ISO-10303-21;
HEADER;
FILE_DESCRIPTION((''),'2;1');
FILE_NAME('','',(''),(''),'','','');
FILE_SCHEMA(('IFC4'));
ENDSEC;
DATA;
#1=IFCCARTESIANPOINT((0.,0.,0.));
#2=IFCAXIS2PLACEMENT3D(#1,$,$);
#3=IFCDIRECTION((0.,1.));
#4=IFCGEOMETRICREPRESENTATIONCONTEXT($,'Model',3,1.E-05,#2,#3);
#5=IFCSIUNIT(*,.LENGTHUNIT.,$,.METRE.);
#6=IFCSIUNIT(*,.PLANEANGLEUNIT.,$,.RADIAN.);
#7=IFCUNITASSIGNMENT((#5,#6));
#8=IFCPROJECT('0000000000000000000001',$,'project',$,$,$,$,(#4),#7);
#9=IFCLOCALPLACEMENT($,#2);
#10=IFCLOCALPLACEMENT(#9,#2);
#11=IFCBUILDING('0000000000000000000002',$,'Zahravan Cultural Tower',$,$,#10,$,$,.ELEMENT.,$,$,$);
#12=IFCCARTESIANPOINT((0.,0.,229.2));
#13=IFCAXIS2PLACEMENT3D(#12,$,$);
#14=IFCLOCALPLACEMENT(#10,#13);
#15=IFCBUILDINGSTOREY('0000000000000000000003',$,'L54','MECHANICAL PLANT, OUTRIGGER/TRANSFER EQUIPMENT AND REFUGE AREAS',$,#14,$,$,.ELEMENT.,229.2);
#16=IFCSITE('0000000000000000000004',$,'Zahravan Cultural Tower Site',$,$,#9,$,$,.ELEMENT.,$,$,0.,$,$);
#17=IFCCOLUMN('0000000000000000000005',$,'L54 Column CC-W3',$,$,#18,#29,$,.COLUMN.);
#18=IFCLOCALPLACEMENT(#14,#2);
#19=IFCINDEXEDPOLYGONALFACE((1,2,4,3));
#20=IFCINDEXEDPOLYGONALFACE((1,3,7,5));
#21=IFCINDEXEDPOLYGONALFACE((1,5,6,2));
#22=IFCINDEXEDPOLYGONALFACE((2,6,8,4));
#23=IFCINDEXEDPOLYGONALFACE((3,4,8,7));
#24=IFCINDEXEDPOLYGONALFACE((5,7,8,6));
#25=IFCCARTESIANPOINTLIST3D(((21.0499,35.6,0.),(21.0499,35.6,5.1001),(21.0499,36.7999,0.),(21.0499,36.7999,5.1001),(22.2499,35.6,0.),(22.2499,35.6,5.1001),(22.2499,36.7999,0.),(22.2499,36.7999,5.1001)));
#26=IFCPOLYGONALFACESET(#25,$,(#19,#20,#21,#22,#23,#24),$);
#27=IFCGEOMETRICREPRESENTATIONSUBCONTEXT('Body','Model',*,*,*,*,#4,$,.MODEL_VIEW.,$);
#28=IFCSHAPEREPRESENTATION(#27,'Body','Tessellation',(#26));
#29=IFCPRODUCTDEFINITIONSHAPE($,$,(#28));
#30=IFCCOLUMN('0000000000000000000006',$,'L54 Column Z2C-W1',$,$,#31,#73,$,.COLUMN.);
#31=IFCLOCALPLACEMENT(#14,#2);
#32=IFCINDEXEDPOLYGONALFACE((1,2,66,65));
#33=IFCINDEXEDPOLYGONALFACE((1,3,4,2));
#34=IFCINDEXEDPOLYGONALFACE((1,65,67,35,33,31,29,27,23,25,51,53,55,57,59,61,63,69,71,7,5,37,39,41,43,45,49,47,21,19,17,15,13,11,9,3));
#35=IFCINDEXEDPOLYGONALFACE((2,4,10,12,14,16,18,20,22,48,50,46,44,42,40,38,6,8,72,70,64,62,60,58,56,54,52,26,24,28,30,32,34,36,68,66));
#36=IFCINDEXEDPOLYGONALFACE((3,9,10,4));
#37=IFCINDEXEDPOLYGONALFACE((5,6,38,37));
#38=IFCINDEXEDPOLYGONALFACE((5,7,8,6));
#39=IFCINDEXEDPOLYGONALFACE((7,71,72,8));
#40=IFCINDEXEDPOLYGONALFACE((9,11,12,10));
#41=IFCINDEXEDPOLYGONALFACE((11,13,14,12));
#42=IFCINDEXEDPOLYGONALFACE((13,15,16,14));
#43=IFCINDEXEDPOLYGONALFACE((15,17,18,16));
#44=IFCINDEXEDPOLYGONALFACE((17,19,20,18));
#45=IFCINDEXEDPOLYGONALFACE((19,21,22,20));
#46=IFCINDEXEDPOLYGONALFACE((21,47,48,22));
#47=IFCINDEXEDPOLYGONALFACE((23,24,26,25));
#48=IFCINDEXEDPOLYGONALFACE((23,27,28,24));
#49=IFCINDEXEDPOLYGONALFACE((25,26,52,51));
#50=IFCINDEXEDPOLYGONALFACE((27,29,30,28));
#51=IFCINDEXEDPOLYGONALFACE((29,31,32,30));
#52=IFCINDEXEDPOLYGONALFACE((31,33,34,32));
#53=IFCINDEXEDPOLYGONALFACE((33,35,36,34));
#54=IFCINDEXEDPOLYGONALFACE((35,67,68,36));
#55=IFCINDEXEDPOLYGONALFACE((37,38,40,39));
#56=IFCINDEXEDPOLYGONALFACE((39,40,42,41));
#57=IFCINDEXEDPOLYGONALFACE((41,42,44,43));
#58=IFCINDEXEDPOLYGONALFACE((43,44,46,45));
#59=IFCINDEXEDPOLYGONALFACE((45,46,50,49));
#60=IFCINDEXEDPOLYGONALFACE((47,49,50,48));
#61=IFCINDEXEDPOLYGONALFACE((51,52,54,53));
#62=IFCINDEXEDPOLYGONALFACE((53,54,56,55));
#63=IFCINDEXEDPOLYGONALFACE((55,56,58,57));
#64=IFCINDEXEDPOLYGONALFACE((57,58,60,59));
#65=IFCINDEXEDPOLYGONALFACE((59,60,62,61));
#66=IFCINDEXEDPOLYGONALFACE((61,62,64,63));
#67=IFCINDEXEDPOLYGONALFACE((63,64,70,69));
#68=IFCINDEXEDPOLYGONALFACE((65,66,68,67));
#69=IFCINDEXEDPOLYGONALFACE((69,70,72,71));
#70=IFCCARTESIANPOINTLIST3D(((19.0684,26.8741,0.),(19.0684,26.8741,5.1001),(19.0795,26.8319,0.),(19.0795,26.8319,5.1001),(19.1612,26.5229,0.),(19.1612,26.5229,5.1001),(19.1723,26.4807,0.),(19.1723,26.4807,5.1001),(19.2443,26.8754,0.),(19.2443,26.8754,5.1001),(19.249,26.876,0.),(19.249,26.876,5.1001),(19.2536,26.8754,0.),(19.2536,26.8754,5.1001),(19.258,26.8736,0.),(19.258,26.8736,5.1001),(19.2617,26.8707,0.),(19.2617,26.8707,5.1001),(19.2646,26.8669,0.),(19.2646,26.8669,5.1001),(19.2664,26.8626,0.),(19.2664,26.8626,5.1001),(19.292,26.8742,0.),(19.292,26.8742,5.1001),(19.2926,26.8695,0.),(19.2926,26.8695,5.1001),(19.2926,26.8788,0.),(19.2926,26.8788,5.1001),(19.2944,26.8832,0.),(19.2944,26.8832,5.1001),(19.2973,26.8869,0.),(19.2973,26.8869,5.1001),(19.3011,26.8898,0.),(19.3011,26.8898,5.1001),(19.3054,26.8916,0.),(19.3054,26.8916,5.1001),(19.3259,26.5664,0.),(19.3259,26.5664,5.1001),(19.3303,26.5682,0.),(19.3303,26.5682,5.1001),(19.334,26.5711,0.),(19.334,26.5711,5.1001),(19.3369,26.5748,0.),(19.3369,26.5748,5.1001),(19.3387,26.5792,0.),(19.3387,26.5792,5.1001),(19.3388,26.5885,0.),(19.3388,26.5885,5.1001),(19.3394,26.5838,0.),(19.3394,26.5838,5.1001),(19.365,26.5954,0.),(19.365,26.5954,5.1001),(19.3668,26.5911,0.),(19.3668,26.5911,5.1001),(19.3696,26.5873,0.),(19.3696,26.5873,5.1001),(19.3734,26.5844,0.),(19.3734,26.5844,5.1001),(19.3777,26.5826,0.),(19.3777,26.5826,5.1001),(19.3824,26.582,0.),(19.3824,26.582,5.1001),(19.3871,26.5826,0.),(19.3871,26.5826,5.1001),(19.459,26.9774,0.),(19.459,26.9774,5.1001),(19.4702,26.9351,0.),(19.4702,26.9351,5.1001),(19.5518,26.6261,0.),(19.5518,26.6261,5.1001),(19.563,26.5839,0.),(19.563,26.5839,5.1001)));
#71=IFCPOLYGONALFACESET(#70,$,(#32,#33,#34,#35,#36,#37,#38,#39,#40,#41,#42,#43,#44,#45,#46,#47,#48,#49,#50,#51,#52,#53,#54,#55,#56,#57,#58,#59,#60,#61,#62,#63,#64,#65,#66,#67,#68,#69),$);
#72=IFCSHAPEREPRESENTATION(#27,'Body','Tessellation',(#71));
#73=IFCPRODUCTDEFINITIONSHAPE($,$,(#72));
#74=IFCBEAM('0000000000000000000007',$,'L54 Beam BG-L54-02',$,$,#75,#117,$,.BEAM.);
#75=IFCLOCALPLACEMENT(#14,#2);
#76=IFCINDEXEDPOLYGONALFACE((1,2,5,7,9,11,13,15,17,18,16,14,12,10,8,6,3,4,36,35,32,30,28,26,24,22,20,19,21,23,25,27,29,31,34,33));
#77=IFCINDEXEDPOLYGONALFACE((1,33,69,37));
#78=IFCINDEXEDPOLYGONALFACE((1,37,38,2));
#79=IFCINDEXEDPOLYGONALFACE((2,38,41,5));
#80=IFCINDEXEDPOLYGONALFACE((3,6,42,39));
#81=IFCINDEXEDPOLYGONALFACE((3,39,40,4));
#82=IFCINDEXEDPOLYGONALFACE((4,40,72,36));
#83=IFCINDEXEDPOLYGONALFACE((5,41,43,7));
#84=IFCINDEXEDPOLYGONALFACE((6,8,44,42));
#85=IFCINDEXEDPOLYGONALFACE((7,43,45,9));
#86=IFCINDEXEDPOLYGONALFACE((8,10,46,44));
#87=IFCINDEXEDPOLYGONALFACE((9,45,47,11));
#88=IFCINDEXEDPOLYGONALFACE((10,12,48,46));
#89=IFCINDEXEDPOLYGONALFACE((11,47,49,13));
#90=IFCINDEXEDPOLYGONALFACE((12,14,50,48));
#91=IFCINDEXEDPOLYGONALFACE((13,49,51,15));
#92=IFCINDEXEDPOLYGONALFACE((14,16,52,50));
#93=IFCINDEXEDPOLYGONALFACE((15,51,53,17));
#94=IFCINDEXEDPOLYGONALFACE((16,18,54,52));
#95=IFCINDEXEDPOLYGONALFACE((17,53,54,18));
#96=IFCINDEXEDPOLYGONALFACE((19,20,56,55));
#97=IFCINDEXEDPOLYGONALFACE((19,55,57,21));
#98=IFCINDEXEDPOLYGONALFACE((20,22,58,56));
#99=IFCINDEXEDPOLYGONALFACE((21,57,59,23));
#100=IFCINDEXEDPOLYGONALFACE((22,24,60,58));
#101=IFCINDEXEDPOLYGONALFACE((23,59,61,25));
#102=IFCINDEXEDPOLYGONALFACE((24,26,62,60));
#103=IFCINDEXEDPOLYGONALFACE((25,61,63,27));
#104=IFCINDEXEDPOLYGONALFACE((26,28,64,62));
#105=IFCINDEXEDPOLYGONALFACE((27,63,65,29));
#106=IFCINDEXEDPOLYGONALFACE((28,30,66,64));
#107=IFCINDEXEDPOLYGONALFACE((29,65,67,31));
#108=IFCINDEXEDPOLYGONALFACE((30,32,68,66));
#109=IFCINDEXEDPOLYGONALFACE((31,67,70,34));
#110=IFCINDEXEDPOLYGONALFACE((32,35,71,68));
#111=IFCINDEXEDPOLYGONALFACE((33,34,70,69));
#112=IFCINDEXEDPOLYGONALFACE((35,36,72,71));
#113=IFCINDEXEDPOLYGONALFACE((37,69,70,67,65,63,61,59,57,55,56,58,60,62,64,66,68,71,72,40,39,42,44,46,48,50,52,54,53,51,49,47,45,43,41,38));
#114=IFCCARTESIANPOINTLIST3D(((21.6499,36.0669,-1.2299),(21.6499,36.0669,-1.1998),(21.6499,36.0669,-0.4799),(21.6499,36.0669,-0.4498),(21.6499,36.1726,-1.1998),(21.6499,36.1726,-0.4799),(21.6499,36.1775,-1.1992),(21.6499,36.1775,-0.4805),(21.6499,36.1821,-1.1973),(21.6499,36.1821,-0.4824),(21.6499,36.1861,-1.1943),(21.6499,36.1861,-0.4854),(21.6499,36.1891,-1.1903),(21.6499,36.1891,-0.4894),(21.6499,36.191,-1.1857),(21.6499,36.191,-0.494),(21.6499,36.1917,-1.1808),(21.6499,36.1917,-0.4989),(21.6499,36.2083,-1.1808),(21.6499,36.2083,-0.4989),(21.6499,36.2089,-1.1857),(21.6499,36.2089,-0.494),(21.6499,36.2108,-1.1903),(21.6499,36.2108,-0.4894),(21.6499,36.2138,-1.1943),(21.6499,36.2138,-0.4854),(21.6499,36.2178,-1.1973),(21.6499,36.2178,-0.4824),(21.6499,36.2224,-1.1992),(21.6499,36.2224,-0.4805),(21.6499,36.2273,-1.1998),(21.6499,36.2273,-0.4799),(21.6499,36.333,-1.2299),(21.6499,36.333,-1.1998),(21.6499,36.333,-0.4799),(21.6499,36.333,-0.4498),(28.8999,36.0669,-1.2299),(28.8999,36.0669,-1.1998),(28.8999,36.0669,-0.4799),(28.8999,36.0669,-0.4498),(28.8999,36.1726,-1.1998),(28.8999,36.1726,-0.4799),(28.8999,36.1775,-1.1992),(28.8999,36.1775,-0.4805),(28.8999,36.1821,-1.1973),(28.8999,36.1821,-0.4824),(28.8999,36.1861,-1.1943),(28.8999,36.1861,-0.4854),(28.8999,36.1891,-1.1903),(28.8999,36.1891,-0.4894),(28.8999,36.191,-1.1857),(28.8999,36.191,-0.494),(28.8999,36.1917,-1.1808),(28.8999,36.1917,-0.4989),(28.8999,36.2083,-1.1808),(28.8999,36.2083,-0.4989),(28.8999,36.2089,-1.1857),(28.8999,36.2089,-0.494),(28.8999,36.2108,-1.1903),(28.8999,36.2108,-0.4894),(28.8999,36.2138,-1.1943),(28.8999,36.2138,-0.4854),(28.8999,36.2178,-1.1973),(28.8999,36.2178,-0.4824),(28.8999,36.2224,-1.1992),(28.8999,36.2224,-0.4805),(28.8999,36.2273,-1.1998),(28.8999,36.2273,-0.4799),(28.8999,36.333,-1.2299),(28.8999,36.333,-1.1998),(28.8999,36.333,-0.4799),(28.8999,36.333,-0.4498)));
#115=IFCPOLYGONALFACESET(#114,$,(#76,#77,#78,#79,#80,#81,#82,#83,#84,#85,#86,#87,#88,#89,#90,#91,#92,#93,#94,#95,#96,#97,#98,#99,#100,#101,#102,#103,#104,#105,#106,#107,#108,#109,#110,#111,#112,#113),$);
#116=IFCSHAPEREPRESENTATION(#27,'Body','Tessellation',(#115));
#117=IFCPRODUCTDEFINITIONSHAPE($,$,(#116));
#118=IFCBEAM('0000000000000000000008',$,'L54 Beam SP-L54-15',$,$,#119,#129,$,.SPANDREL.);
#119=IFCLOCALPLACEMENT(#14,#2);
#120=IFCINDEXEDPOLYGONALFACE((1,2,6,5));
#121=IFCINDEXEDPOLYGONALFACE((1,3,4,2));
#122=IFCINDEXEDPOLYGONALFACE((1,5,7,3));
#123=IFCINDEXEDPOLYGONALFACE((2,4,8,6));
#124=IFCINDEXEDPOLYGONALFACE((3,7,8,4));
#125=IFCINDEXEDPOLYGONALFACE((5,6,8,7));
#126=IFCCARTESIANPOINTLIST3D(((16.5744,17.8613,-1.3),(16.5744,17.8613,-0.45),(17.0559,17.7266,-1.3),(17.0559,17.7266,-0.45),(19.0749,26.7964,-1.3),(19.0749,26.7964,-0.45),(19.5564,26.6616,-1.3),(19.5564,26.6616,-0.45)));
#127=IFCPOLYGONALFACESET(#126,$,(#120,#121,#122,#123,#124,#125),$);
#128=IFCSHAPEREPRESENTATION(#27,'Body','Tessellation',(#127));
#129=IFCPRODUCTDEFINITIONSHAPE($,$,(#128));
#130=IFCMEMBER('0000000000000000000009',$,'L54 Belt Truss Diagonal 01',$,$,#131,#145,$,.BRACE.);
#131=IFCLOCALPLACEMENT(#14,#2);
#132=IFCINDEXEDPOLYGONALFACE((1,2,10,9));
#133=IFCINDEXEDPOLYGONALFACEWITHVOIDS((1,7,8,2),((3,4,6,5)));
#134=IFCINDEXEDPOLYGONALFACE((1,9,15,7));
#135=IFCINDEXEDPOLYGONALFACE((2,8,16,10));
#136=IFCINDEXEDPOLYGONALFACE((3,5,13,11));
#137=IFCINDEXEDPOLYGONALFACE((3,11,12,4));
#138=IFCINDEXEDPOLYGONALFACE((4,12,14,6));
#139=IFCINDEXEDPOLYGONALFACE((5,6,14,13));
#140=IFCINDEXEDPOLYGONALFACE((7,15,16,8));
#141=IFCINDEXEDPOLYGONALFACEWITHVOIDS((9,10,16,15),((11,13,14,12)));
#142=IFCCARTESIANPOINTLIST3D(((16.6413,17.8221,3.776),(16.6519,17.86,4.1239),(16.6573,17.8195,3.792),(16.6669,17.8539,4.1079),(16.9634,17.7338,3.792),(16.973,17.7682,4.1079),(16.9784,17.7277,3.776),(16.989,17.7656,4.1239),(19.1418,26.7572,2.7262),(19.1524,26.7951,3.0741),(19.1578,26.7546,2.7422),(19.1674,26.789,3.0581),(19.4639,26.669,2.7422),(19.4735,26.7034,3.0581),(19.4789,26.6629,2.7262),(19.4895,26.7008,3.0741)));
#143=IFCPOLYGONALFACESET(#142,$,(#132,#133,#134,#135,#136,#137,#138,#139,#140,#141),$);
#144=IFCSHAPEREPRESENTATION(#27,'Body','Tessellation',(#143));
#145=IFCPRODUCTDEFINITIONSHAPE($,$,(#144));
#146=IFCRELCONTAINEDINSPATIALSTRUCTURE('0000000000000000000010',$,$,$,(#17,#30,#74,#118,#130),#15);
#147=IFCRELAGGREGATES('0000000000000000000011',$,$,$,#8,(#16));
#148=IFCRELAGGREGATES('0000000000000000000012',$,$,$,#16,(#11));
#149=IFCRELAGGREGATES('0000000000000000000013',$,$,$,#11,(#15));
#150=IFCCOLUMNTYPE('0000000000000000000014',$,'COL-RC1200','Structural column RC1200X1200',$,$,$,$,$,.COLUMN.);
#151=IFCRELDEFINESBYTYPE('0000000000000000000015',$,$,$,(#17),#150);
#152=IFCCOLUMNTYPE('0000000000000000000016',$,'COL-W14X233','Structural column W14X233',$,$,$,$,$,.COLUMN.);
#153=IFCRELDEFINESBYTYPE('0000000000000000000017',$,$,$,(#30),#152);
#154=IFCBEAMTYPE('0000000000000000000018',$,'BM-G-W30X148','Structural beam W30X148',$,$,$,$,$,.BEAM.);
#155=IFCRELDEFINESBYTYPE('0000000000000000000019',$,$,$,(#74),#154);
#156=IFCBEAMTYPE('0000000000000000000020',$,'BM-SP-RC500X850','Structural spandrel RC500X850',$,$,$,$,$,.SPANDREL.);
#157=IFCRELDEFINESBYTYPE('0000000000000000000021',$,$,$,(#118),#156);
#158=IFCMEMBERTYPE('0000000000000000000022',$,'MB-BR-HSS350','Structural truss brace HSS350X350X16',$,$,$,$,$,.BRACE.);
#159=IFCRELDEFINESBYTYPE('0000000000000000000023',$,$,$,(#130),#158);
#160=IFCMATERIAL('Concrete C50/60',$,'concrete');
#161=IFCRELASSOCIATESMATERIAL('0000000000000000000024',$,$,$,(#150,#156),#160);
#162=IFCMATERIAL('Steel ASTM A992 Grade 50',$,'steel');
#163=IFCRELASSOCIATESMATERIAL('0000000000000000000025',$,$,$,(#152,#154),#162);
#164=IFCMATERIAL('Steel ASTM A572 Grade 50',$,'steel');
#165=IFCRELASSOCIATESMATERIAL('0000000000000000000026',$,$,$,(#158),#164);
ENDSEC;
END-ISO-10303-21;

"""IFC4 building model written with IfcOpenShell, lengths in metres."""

from ifc_helpers import new_model, si_unit, direction, frame, origin, origin_2d, place, context, subcontext, project, spatial, rectangle, hollow_rectangle, i_section, extrude, source, transform, mapped, material, material_profile, profile_set, type_object, element, save


model = new_model("IFC4")

# Units and contexts
model_context = context("Model", 3, precision=1e-05, world=origin(), true_north=direction((0.0, 1.0)))
body_context = subcontext(model_context, "Body", "Model", "MODEL_VIEW")
ifc_project = project(units=[si_unit("LENGTHUNIT", "METRE"), si_unit("PLANEANGLEUNIT", "RADIAN")], contexts=[model_context])

# Site, building, storey
site_placement = place(None, origin())
site = spatial("IfcSite", under=ifc_project, at=site_placement, Name="Zahravan Cultural Tower Site", CompositionType="ELEMENT", RefElevation=0.0)
building_placement = place(site_placement, origin())
building = spatial("IfcBuilding", under=site, at=building_placement, Name="Zahravan Cultural Tower", CompositionType="ELEMENT")
storey_placement = place(building_placement, frame((0.0, 0.0, 229.2)))
storey = spatial("IfcBuildingStorey", under=building, at=storey_placement, Name="L54", Description="MECHANICAL PLANT, OUTRIGGER/TRANSFER EQUIPMENT AND REFUGE AREAS", CompositionType="ELEMENT", Elevation=229.2)

# Columns
ifc_material_1 = material(Name="Concrete C50/60", Category="concrete")
ifc_material_profile_1 = material_profile(ifc_material_1, rectangle(XDim=1.2, YDim=1.2, at=origin_2d()), Name="RC1200X1200")
ifc_profile_set_1 = profile_set([ifc_material_profile_1], Name="Concrete C50/60")
column_type_1 = type_object("IfcColumnType", Name="COL-RC1200", Description="Structural column RC1200X1200", PredefinedType="COLUMN", material=ifc_profile_set_1)
shared_shape_1 = source(origin(), body_context, "Body", "SweptSolid", [
    extrude(rectangle(XDim=1.2, YDim=1.2, at=origin_2d()), origin(), (0.0, 0.0, 1.0), 5.1001),
])
column_1_placement = place(storey_placement, frame((21.6499, 36.2, 0.0), z_axis=(0.0, 0.0, 1.0), x_axis=(1.0, 0.0, 0.0)))
element("IfcColumn", 1, at=column_1_placement, inside=storey, type_object=column_type_1, Name="L54 Column CC-W3", PredefinedType="COLUMN", context=body_context, shape_type="MappedRepresentation", body=[
    mapped(shared_shape_1, transform((0.0, 0.0, 0.0), x_axis=(1.0, 0.0, 0.0), y_axis=(0.0, 1.0, 0.0), z_axis=(0.0, 0.0, 1.0), scale=1.0)),
])
ifc_material_2 = material(Name="Steel ASTM A992 Grade 50", Category="steel")
ifc_material_profile_2 = material_profile(ifc_material_2, i_section(OverallWidth=0.4041, OverallDepth=0.407, WebThickness=0.0271, FlangeThickness=0.0437, FilletRadius=0.0181, at=origin_2d()), Name="W14X233")
ifc_profile_set_2 = profile_set([ifc_material_profile_2], Name="Steel ASTM A992 Grade 50")
column_type_2 = type_object("IfcColumnType", Name="COL-W14X233", Description="Structural column W14X233", PredefinedType="COLUMN", material=ifc_profile_set_2)
shared_shape_2 = source(origin(), body_context, "Body", "SweptSolid", [
    extrude(i_section(OverallWidth=0.4041, OverallDepth=0.407, WebThickness=0.0271, FlangeThickness=0.0437, FilletRadius=0.0181, at=origin_2d()), origin(), (0.0, 0.0, 1.0), 5.1001),
])
column_2_placement = place(storey_placement, frame((19.3157, 26.729, 0.0), z_axis=(0.0, 0.0, 1.0), x_axis=(0.966823, 0.255446, 0.0)))
element("IfcColumn", 2, at=column_2_placement, inside=storey, type_object=column_type_2, Name="L54 Column Z2C-W1", PredefinedType="COLUMN", context=body_context, shape_type="MappedRepresentation", body=[
    mapped(shared_shape_2, transform((0.0, 0.0, 0.0), x_axis=(1.0, 0.0, 0.0), y_axis=(0.0, 1.0, 0.0), z_axis=(0.0, 0.0, 1.0), scale=1.0)),
])

# Beams
ifc_material_profile_3 = material_profile(ifc_material_2, i_section(OverallWidth=0.2661, OverallDepth=0.78, WebThickness=0.0166, FlangeThickness=0.03, FilletRadius=0.019, at=origin_2d()), Name="W30X148")
ifc_profile_set_3 = profile_set([ifc_material_profile_3], Name="Steel ASTM A992 Grade 50")
beam_type_1 = type_object("IfcBeamType", Name="BM-G-W30X148", Description="Structural beam W30X148", PredefinedType="BEAM", material=ifc_profile_set_3)
shared_shape_3 = source(origin(), body_context, "Body", "SweptSolid", [
    extrude(i_section(OverallWidth=0.2661, OverallDepth=0.78, WebThickness=0.0166, FlangeThickness=0.03, FilletRadius=0.019, at=origin_2d()), origin(), (0.0, 0.0, 1.0), 7.25),
])
beam_1_placement = place(storey_placement, frame((21.6499, 36.2, -0.8398), z_axis=(1.0, 0.0, 0.0), x_axis=(0.0, 1.0, 0.0)))
element("IfcBeam", 3, at=beam_1_placement, inside=storey, type_object=beam_type_1, Name="L54 Beam BG-L54-02", PredefinedType="BEAM", context=body_context, shape_type="MappedRepresentation", body=[
    mapped(shared_shape_3, transform((0.0, 0.0, 0.0), x_axis=(1.0, 0.0, 0.0), y_axis=(0.0, 1.0, 0.0), z_axis=(0.0, 0.0, 1.0), scale=1.0)),
])
ifc_material_profile_4 = material_profile(ifc_material_1, rectangle(XDim=0.5, YDim=0.8501, at=origin_2d()), Name="RC500X850")
ifc_profile_set_4 = profile_set([ifc_material_profile_4], Name="Concrete C50/60")
beam_type_2 = type_object("IfcBeamType", Name="BM-SP-RC500X850", Description="Structural spandrel RC500X850", PredefinedType="SPANDREL", material=ifc_profile_set_4)
shared_shape_4 = source(origin(), body_context, "Body", "SweptSolid", [
    extrude(rectangle(XDim=0.5, YDim=0.8501, at=origin_2d()), origin(), (0.0, 0.0, 1.0), 9.2783),
])
beam_2_placement = place(storey_placement, frame((19.3157, 26.729, -0.875), z_axis=(-0.269497, -0.963001, 0.0), x_axis=(0.963001, -0.269497, 0.0)))
element("IfcBeam", 4, at=beam_2_placement, inside=storey, type_object=beam_type_2, Name="L54 Beam SP-L54-15", PredefinedType="SPANDREL", context=body_context, shape_type="MappedRepresentation", body=[
    mapped(shared_shape_4, transform((0.0, 0.0, 0.0), x_axis=(1.0, 0.0, 0.0), y_axis=(0.0, 1.0, 0.0), z_axis=(0.0, 0.0, 1.0), scale=1.0)),
])

# Member
ifc_material_3 = material(Name="Steel ASTM A572 Grade 50", Category="steel")
ifc_material_profile_5 = material_profile(ifc_material_3, hollow_rectangle(XDim=0.3501, YDim=0.3501, WallThickness=0.0161, at=origin_2d()), Name="HSS350X350X16")
ifc_profile_set_5 = profile_set([ifc_material_profile_5], Name="Steel ASTM A572 Grade 50")
member_type_1 = type_object("IfcMemberType", Name="MB-BR-HSS350", Description="Structural truss brace HSS350X350X16", PredefinedType="BRACE", material=ifc_profile_set_5)
shared_shape_5 = source(origin(), body_context, "Body", "SweptSolid", [
    extrude(hollow_rectangle(XDim=0.3501, YDim=0.3501, WallThickness=0.0161, at=origin_2d()), origin(), (0.0, 0.0, 1.0), 9.3376),
])
member_1_placement = place(storey_placement, frame((19.3157, 26.729, 2.9001), z_axis=(-0.267789, -0.956896, 0.112428), x_axis=(0.963001, -0.269497, 0.0)))
element("IfcMember", 5, at=member_1_placement, inside=storey, type_object=member_type_1, Name="L54 Belt Truss Diagonal 01", PredefinedType="BRACE", context=body_context, shape_type="MappedRepresentation", body=[
    mapped(shared_shape_5, transform((0.0, 0.0, 0.0), x_axis=(1.0, 0.0, 0.0), y_axis=(0.0, 1.0, 0.0), z_axis=(0.0, 0.0, 1.0), scale=1.0)),
])

save(model, "model.ifc")
